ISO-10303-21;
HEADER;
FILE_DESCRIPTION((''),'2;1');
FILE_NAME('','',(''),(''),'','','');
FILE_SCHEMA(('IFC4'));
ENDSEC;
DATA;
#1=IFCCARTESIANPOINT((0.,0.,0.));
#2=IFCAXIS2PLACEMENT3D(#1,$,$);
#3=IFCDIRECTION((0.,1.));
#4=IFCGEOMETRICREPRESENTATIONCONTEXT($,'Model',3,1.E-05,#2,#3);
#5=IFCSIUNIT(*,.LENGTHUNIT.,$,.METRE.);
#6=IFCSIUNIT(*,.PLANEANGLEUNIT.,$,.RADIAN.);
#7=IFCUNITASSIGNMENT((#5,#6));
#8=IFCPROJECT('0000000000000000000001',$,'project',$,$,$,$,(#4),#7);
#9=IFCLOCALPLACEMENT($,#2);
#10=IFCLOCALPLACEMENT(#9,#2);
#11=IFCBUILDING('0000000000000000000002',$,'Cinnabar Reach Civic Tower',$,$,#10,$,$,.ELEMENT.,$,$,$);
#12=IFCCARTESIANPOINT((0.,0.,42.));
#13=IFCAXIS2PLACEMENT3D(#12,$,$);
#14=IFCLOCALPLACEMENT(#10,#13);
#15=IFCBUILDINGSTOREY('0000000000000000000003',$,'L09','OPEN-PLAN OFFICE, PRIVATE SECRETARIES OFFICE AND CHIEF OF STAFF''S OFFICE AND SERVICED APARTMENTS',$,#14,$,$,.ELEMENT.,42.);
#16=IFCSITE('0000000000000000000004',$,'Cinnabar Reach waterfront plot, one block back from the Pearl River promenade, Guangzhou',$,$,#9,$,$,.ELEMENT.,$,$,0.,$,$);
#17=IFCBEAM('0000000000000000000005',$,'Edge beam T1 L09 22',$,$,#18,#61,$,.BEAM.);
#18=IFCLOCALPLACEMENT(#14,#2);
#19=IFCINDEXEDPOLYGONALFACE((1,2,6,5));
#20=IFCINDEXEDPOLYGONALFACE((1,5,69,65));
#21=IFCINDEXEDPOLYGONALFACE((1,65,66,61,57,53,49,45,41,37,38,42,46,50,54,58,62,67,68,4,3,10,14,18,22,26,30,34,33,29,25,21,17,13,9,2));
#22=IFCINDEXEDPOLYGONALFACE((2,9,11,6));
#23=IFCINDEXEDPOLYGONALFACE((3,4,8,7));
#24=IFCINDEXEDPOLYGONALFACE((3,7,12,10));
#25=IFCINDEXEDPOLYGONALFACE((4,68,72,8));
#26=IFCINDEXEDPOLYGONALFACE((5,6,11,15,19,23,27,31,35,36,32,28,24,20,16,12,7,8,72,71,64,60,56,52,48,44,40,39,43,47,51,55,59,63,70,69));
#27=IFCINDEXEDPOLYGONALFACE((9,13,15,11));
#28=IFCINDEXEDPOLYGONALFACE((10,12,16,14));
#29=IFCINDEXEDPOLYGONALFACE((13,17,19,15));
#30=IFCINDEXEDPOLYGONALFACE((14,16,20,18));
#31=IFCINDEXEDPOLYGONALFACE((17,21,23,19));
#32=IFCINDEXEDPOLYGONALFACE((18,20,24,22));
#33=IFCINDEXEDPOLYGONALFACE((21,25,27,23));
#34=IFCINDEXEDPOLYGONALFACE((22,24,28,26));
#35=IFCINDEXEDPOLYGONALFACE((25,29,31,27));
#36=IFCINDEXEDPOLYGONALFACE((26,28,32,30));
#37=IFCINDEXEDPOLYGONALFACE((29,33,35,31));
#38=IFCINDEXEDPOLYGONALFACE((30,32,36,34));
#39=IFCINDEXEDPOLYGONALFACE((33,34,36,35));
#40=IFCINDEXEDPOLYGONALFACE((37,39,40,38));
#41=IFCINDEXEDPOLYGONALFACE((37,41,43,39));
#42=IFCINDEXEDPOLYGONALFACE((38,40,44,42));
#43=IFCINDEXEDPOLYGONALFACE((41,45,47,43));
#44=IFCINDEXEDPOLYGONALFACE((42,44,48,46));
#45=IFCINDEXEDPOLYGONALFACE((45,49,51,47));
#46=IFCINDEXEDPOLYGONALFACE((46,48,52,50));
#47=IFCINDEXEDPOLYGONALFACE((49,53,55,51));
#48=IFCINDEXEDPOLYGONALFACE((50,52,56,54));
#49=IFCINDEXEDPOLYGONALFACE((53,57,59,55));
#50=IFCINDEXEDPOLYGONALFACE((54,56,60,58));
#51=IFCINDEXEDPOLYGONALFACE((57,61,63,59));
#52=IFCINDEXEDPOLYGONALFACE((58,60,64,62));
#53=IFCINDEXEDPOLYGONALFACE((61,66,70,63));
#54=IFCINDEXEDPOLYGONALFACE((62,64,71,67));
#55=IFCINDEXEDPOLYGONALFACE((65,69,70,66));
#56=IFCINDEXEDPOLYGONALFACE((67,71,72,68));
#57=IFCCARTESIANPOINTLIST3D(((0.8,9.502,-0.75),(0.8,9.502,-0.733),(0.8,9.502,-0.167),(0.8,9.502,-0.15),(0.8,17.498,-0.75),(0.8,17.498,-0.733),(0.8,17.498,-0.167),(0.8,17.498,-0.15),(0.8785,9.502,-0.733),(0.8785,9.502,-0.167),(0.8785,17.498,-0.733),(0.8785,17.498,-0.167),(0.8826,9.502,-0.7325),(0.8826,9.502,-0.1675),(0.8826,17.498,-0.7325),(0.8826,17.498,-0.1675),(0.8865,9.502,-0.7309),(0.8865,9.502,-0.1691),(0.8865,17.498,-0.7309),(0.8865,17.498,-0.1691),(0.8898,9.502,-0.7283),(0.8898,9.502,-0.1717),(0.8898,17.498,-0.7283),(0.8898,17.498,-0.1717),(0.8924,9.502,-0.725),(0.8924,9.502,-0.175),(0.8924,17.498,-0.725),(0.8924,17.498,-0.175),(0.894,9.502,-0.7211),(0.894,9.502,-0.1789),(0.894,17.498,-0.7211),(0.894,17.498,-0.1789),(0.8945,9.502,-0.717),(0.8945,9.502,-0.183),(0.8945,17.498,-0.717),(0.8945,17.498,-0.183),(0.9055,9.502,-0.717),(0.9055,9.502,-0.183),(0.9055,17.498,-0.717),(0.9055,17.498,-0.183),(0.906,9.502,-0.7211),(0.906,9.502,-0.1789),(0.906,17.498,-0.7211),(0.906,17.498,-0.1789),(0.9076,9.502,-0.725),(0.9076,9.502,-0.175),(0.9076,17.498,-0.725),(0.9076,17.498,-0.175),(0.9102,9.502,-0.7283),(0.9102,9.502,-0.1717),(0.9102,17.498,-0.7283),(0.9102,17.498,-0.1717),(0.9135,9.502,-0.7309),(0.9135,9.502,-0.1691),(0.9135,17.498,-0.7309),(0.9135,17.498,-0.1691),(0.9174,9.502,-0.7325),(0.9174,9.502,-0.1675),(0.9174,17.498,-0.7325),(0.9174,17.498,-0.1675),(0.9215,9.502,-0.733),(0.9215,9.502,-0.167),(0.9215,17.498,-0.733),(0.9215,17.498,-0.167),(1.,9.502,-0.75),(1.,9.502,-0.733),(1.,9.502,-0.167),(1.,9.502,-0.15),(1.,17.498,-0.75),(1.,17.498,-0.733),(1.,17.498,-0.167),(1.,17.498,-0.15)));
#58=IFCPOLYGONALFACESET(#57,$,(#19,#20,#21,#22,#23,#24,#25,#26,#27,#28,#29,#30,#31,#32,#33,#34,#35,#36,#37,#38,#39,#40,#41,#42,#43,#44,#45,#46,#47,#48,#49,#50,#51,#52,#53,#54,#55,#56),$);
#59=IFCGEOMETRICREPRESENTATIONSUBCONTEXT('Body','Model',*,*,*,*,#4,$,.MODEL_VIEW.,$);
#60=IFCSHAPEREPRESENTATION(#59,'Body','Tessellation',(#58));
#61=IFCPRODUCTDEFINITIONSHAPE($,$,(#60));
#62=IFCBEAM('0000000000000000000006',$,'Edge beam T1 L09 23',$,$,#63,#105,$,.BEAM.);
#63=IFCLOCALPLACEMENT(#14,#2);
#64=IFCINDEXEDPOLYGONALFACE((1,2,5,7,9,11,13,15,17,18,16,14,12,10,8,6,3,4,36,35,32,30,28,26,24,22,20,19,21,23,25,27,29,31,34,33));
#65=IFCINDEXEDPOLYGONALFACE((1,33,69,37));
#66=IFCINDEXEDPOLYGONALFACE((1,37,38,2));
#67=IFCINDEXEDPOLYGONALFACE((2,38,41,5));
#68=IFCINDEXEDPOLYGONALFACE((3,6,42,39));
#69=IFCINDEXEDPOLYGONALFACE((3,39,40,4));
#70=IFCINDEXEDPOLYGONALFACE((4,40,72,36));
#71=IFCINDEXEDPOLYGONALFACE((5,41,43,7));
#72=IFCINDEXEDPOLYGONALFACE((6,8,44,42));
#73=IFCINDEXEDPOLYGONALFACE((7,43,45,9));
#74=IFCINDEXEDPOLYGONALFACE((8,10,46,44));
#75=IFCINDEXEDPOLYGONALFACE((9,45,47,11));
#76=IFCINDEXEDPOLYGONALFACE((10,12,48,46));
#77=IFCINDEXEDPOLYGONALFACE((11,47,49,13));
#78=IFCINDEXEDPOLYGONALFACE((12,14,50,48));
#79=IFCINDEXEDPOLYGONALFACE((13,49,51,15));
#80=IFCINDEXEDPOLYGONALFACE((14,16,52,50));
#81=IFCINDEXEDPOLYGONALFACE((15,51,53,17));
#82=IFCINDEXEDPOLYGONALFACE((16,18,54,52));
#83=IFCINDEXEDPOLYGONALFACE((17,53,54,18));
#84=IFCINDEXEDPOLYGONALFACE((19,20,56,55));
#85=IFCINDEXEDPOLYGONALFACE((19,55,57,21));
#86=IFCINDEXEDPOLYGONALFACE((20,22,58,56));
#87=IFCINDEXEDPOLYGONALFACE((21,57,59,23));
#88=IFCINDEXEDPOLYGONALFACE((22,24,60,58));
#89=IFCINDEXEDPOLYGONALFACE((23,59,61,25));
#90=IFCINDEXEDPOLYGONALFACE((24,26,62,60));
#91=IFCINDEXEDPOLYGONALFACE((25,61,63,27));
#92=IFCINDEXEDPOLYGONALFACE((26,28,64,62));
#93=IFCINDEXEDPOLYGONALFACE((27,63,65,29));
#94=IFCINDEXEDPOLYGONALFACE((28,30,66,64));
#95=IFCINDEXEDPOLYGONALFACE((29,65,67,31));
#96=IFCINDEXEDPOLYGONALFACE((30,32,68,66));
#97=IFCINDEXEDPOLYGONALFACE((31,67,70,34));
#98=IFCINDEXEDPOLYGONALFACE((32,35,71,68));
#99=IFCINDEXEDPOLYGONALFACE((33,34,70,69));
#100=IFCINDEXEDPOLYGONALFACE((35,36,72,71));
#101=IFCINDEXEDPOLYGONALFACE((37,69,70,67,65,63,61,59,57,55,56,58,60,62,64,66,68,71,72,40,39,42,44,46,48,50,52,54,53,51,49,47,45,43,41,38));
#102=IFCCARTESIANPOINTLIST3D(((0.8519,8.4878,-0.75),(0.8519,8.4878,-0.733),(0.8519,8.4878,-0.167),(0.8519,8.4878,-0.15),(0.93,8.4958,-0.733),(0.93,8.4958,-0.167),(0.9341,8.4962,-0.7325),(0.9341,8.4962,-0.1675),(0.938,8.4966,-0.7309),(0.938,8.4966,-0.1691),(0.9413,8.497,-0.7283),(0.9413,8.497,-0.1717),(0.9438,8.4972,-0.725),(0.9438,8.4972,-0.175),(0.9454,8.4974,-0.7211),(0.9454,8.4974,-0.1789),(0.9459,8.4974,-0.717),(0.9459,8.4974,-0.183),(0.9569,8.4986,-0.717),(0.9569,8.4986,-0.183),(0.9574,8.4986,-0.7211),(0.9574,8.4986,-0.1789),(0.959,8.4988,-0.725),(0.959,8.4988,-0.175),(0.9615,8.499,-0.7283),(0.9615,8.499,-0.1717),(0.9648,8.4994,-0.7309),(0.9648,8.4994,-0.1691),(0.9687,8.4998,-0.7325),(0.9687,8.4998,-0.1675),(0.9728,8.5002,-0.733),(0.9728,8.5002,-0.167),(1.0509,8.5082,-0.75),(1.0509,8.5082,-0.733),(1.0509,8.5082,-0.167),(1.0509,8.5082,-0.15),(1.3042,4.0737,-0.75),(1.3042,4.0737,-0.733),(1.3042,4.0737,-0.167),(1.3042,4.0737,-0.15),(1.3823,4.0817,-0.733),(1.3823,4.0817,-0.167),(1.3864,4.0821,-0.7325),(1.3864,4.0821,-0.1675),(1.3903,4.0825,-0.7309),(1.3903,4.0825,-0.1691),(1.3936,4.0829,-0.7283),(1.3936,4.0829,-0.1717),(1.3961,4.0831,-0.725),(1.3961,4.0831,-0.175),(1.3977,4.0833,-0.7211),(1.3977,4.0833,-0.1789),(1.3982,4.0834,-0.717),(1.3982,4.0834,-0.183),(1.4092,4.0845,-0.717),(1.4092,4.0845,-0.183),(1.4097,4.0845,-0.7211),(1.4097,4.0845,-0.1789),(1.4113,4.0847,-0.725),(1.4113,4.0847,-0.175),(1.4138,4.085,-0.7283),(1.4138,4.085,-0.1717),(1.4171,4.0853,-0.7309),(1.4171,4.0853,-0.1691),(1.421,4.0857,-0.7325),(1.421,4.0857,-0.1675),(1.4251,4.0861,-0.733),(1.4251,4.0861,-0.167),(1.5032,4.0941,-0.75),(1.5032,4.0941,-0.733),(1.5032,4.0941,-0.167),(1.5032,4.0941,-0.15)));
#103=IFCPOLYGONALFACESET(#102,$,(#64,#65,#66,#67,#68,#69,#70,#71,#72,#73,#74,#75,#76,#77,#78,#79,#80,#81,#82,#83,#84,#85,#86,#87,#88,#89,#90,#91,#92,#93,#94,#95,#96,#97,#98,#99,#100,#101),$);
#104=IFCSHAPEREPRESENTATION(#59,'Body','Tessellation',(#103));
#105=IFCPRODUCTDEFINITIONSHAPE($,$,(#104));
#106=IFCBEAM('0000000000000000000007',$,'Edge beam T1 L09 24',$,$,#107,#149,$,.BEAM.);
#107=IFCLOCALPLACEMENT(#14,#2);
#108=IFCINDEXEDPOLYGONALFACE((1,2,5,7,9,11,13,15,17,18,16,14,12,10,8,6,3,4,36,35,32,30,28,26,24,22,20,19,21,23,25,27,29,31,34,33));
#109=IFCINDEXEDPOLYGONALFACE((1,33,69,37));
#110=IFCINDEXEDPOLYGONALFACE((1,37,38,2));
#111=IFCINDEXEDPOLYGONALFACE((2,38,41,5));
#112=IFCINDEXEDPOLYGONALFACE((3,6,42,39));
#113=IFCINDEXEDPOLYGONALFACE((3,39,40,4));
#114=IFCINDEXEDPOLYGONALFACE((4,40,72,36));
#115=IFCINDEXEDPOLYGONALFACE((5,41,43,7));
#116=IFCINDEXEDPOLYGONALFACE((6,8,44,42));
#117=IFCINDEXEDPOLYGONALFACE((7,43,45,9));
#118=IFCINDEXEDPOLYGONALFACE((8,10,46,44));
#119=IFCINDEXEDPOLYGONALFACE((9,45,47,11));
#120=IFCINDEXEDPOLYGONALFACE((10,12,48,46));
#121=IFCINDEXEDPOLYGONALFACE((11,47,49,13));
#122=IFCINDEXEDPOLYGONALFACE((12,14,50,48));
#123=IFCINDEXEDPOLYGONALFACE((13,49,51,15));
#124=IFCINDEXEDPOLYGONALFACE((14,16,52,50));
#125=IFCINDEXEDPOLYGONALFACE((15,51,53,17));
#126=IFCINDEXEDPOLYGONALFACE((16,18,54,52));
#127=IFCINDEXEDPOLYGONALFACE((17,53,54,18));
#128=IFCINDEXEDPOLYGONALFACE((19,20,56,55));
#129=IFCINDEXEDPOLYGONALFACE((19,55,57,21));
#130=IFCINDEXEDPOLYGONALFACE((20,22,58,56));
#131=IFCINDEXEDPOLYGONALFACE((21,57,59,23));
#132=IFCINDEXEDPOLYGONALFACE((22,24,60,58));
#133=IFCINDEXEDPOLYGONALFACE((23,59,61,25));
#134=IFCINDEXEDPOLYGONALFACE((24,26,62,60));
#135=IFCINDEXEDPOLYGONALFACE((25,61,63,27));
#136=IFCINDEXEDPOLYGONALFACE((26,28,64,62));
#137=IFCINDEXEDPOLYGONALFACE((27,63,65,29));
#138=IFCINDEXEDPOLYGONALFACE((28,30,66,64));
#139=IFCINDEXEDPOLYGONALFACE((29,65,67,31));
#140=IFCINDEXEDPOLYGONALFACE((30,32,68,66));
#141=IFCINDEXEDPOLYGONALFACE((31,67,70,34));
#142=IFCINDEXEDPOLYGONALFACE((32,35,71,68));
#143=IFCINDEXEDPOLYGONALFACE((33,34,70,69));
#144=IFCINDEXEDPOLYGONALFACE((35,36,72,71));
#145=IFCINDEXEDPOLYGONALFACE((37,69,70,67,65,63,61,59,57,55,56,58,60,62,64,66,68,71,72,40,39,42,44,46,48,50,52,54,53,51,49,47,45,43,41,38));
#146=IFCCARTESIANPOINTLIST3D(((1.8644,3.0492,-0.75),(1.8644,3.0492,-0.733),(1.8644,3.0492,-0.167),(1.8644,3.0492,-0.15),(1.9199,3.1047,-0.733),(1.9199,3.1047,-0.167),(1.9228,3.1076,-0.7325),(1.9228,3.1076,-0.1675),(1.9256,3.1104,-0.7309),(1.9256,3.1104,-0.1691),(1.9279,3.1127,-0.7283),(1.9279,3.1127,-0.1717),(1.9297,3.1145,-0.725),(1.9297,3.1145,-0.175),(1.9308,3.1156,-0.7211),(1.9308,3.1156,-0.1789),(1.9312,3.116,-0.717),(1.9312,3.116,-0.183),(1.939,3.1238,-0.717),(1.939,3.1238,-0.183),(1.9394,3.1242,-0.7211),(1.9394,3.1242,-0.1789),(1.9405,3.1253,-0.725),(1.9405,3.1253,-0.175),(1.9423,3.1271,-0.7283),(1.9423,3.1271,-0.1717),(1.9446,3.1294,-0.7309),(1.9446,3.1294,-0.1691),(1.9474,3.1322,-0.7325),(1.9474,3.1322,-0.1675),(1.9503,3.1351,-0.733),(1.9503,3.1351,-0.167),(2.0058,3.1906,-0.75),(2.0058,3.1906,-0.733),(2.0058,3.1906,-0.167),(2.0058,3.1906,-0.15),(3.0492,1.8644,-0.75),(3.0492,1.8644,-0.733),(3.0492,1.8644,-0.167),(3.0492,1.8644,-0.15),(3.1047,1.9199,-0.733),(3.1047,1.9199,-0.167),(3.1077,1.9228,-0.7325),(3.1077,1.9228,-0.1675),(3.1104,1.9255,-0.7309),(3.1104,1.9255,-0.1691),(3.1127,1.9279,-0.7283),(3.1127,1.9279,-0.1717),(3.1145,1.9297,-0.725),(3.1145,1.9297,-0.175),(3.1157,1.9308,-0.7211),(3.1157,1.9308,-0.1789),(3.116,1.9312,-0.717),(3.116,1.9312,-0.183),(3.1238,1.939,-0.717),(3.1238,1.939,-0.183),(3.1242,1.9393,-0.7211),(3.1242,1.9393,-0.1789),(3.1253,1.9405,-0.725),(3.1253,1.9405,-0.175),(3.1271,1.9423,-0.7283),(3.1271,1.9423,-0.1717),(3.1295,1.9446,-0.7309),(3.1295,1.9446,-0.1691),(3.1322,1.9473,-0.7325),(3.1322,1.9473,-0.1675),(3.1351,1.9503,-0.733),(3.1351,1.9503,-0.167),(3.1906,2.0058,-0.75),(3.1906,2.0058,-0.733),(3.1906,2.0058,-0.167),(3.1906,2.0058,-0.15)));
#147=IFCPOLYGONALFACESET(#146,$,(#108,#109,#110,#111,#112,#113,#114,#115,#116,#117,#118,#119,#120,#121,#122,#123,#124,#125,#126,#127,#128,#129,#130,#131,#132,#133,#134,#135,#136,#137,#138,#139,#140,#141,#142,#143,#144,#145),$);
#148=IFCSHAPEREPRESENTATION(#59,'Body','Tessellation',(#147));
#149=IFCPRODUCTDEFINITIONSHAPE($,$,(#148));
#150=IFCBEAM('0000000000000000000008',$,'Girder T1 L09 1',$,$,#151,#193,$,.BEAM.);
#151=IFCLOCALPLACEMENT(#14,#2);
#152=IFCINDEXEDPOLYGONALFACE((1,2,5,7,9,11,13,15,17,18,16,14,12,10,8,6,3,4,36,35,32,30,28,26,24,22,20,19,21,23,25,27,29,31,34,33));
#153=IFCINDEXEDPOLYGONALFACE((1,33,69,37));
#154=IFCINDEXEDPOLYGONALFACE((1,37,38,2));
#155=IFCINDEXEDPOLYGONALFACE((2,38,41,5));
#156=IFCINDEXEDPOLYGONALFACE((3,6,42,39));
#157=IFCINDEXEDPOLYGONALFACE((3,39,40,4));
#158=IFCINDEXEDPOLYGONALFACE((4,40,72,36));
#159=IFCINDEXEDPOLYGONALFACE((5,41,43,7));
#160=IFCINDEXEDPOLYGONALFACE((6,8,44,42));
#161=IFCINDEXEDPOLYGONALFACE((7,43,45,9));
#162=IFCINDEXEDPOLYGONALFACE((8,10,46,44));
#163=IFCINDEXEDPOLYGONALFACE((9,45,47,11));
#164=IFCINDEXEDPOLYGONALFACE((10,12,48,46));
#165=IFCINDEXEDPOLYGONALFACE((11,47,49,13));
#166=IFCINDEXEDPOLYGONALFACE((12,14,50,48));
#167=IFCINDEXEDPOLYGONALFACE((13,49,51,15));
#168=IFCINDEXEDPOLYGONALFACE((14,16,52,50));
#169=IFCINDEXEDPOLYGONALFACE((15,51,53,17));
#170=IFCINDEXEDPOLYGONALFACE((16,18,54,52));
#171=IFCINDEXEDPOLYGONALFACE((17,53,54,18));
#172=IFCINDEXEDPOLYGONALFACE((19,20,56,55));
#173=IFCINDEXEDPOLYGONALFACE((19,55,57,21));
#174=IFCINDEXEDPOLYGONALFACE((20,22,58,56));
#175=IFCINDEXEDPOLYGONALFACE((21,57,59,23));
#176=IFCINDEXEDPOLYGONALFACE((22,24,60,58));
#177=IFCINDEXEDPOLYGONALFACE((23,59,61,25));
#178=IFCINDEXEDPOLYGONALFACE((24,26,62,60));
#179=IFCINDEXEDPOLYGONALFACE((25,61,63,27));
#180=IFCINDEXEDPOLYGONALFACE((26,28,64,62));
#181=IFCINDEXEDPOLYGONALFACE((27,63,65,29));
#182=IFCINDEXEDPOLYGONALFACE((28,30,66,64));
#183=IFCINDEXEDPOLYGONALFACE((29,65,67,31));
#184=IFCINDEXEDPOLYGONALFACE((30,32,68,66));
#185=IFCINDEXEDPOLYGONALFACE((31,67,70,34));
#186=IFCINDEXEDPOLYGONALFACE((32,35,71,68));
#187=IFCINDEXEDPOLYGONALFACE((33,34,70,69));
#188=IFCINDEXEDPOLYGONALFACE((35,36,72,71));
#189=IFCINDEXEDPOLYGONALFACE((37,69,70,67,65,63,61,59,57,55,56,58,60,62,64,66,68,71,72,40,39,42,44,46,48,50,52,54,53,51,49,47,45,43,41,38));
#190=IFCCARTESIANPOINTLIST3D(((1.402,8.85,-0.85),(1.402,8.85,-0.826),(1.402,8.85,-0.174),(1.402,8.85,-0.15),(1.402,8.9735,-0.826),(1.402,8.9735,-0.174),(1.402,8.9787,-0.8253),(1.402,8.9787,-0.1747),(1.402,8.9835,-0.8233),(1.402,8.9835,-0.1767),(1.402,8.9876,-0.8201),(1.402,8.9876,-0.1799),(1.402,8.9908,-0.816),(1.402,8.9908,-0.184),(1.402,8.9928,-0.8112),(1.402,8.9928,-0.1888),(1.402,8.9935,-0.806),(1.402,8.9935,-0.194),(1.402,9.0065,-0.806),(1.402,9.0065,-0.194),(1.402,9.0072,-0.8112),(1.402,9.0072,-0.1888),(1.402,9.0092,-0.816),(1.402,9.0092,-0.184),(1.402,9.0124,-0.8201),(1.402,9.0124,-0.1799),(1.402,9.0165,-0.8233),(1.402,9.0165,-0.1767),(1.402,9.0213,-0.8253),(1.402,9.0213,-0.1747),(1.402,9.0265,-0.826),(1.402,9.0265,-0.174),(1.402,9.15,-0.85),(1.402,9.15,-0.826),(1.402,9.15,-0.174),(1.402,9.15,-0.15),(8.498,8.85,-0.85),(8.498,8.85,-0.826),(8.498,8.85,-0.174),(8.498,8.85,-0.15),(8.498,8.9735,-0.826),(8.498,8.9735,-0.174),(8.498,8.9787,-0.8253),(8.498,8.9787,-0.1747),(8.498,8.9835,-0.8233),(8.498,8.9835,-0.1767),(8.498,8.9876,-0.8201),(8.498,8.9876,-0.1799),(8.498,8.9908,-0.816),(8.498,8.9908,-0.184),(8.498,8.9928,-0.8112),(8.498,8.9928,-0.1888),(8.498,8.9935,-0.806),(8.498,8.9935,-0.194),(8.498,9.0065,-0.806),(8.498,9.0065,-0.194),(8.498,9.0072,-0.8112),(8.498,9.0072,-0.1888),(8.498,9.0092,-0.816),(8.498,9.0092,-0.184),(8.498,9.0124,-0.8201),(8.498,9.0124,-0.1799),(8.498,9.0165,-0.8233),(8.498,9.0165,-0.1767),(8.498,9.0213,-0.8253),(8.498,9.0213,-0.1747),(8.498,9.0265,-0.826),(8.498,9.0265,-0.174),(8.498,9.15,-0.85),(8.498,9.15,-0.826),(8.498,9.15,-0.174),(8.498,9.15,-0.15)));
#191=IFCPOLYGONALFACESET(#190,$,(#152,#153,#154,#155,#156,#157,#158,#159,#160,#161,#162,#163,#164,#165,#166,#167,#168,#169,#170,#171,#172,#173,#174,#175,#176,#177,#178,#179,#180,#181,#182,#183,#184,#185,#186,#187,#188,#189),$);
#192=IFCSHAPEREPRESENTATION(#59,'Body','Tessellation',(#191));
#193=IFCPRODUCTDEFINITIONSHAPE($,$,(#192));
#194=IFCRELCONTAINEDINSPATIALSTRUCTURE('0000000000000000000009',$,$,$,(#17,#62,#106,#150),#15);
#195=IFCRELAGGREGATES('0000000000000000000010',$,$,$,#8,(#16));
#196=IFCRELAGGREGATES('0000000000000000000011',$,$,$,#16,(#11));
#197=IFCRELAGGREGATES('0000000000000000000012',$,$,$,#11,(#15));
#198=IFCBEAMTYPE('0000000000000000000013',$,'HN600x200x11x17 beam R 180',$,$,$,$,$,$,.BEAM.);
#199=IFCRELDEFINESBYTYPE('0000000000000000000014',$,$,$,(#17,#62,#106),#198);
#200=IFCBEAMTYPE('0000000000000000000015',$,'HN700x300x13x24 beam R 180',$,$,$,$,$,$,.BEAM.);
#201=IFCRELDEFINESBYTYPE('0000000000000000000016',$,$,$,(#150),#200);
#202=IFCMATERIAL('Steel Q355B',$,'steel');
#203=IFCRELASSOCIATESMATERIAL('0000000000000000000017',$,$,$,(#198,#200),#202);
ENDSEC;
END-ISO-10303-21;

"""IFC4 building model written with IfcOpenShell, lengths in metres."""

from ifc_helpers import new_model, si_unit, direction, frame, origin, origin_2d, place, context, subcontext, project, spatial, i_section, extrude, material, material_profile, profile_set, type_object, element, save


model = new_model("IFC4")

# Units and contexts
model_context = context("Model", 3, precision=1e-05, world=origin(), true_north=direction((0.0, 1.0)))
body_context = subcontext(model_context, "Body", "Model", "MODEL_VIEW")
ifc_project = project(units=[si_unit("LENGTHUNIT", "METRE"), si_unit("PLANEANGLEUNIT", "RADIAN")], contexts=[model_context])

# Site, building, storey
site_placement = place(None, origin())
site = spatial("IfcSite", under=ifc_project, at=site_placement, Name="Cinnabar Reach waterfront plot, one block back from the Pearl River promenade, Guangzhou", CompositionType="ELEMENT", RefElevation=0.0)
building_placement = place(site_placement, origin())
building = spatial("IfcBuilding", under=site, at=building_placement, Name="Cinnabar Reach Civic Tower", CompositionType="ELEMENT")
storey_placement = place(building_placement, frame((0.0, 0.0, 42.0)))
storey = spatial("IfcBuildingStorey", under=building, at=storey_placement, Name="L09", Description="OPEN-PLAN OFFICE, PRIVATE SECRETARIES OFFICE AND CHIEF OF STAFF'S OFFICE AND SERVICED APARTMENTS", CompositionType="ELEMENT", Elevation=42.0)

# Beams
ifc_material_1 = material(Name="Steel Q355B", Category="steel")
ifc_material_profile_1 = material_profile(ifc_material_1, i_section(OverallWidth=0.2, OverallDepth=0.6, WebThickness=0.011, FlangeThickness=0.017, FilletRadius=0.016, at=origin_2d()), Name="HN600x200x11x17")
ifc_profile_set_1 = profile_set([ifc_material_profile_1], Name="Steel Q355B")
beam_type_1 = type_object("IfcBeamType", Name="HN600x200x11x17 beam R 180", PredefinedType="BEAM", material=ifc_profile_set_1)
beam_1_placement = place(storey_placement, frame((0.9, 17.498, -0.45), z_axis=(0.0, -1.0, 0.0), x_axis=(1.0, 0.0, 0.0)))
element("IfcBeam", 1, at=beam_1_placement, inside=storey, type_object=beam_type_1, Name="Edge beam T1 L09 22", PredefinedType="BEAM", context=body_context, shape_type="SweptSolid", body=[
    extrude(i_section(OverallWidth=0.2, OverallDepth=0.6, WebThickness=0.011, FlangeThickness=0.017, FilletRadius=0.016, at=origin_2d()), origin(), (0.0, 0.0, 1.0), 7.996),
])
beam_2_placement = place(storey_placement, frame((0.9514, 8.498, -0.45), z_axis=(0.101933, -0.994791, 0.0), x_axis=(0.994791, 0.101933, 0.0)))
element("IfcBeam", 2, at=beam_2_placement, inside=storey, type_object=beam_type_1, Name="Edge beam T1 L09 23", PredefinedType="BEAM", context=body_context, shape_type="SweptSolid", body=[
    extrude(i_section(OverallWidth=0.2, OverallDepth=0.6, WebThickness=0.011, FlangeThickness=0.017, FilletRadius=0.016, at=origin_2d()), origin(), (0.0, 0.0, 1.0), 4.4372),
])
beam_3_placement = place(storey_placement, frame((1.9351, 3.1199, -0.45), z_axis=(0.707107, -0.707107, 0.0), x_axis=(0.707107, 0.707107, 0.0)))
element("IfcBeam", 3, at=beam_3_placement, inside=storey, type_object=beam_type_1, Name="Edge beam T1 L09 24", PredefinedType="BEAM", context=body_context, shape_type="SweptSolid", body=[
    extrude(i_section(OverallWidth=0.2, OverallDepth=0.6, WebThickness=0.011, FlangeThickness=0.017, FilletRadius=0.016, at=origin_2d()), origin(), (0.0, 0.0, 1.0), 1.6756),
])
ifc_material_profile_2 = material_profile(ifc_material_1, i_section(OverallWidth=0.3, OverallDepth=0.7, WebThickness=0.013, FlangeThickness=0.024, FilletRadius=0.02, at=origin_2d()), Name="HN700x300x13x24")
ifc_profile_set_2 = profile_set([ifc_material_profile_2], Name="Steel Q355B")
beam_type_2 = type_object("IfcBeamType", Name="HN700x300x13x24 beam R 180", PredefinedType="BEAM", material=ifc_profile_set_2)
for number, where, z_axis, x_axis, name in (
    (4, (1.402, 9.0, -0.5), (1.0, 0.0, 0.0), (0.0, 1.0, 0.0), "Girder T1 L09 1"),
):
    element("IfcBeam", number, at=place(storey_placement, frame(where, z_axis=z_axis, x_axis=x_axis)), inside=storey, type_object=beam_type_2, Name=name, PredefinedType="BEAM", context=body_context, shape_type="SweptSolid", body=[
        extrude(i_section(OverallWidth=0.3, OverallDepth=0.7, WebThickness=0.013, FlangeThickness=0.024, FilletRadius=0.02, at=origin_2d()), origin(), (0.0, 0.0, 1.0), 7.096),
    ])

save(model, "model.ifc")
